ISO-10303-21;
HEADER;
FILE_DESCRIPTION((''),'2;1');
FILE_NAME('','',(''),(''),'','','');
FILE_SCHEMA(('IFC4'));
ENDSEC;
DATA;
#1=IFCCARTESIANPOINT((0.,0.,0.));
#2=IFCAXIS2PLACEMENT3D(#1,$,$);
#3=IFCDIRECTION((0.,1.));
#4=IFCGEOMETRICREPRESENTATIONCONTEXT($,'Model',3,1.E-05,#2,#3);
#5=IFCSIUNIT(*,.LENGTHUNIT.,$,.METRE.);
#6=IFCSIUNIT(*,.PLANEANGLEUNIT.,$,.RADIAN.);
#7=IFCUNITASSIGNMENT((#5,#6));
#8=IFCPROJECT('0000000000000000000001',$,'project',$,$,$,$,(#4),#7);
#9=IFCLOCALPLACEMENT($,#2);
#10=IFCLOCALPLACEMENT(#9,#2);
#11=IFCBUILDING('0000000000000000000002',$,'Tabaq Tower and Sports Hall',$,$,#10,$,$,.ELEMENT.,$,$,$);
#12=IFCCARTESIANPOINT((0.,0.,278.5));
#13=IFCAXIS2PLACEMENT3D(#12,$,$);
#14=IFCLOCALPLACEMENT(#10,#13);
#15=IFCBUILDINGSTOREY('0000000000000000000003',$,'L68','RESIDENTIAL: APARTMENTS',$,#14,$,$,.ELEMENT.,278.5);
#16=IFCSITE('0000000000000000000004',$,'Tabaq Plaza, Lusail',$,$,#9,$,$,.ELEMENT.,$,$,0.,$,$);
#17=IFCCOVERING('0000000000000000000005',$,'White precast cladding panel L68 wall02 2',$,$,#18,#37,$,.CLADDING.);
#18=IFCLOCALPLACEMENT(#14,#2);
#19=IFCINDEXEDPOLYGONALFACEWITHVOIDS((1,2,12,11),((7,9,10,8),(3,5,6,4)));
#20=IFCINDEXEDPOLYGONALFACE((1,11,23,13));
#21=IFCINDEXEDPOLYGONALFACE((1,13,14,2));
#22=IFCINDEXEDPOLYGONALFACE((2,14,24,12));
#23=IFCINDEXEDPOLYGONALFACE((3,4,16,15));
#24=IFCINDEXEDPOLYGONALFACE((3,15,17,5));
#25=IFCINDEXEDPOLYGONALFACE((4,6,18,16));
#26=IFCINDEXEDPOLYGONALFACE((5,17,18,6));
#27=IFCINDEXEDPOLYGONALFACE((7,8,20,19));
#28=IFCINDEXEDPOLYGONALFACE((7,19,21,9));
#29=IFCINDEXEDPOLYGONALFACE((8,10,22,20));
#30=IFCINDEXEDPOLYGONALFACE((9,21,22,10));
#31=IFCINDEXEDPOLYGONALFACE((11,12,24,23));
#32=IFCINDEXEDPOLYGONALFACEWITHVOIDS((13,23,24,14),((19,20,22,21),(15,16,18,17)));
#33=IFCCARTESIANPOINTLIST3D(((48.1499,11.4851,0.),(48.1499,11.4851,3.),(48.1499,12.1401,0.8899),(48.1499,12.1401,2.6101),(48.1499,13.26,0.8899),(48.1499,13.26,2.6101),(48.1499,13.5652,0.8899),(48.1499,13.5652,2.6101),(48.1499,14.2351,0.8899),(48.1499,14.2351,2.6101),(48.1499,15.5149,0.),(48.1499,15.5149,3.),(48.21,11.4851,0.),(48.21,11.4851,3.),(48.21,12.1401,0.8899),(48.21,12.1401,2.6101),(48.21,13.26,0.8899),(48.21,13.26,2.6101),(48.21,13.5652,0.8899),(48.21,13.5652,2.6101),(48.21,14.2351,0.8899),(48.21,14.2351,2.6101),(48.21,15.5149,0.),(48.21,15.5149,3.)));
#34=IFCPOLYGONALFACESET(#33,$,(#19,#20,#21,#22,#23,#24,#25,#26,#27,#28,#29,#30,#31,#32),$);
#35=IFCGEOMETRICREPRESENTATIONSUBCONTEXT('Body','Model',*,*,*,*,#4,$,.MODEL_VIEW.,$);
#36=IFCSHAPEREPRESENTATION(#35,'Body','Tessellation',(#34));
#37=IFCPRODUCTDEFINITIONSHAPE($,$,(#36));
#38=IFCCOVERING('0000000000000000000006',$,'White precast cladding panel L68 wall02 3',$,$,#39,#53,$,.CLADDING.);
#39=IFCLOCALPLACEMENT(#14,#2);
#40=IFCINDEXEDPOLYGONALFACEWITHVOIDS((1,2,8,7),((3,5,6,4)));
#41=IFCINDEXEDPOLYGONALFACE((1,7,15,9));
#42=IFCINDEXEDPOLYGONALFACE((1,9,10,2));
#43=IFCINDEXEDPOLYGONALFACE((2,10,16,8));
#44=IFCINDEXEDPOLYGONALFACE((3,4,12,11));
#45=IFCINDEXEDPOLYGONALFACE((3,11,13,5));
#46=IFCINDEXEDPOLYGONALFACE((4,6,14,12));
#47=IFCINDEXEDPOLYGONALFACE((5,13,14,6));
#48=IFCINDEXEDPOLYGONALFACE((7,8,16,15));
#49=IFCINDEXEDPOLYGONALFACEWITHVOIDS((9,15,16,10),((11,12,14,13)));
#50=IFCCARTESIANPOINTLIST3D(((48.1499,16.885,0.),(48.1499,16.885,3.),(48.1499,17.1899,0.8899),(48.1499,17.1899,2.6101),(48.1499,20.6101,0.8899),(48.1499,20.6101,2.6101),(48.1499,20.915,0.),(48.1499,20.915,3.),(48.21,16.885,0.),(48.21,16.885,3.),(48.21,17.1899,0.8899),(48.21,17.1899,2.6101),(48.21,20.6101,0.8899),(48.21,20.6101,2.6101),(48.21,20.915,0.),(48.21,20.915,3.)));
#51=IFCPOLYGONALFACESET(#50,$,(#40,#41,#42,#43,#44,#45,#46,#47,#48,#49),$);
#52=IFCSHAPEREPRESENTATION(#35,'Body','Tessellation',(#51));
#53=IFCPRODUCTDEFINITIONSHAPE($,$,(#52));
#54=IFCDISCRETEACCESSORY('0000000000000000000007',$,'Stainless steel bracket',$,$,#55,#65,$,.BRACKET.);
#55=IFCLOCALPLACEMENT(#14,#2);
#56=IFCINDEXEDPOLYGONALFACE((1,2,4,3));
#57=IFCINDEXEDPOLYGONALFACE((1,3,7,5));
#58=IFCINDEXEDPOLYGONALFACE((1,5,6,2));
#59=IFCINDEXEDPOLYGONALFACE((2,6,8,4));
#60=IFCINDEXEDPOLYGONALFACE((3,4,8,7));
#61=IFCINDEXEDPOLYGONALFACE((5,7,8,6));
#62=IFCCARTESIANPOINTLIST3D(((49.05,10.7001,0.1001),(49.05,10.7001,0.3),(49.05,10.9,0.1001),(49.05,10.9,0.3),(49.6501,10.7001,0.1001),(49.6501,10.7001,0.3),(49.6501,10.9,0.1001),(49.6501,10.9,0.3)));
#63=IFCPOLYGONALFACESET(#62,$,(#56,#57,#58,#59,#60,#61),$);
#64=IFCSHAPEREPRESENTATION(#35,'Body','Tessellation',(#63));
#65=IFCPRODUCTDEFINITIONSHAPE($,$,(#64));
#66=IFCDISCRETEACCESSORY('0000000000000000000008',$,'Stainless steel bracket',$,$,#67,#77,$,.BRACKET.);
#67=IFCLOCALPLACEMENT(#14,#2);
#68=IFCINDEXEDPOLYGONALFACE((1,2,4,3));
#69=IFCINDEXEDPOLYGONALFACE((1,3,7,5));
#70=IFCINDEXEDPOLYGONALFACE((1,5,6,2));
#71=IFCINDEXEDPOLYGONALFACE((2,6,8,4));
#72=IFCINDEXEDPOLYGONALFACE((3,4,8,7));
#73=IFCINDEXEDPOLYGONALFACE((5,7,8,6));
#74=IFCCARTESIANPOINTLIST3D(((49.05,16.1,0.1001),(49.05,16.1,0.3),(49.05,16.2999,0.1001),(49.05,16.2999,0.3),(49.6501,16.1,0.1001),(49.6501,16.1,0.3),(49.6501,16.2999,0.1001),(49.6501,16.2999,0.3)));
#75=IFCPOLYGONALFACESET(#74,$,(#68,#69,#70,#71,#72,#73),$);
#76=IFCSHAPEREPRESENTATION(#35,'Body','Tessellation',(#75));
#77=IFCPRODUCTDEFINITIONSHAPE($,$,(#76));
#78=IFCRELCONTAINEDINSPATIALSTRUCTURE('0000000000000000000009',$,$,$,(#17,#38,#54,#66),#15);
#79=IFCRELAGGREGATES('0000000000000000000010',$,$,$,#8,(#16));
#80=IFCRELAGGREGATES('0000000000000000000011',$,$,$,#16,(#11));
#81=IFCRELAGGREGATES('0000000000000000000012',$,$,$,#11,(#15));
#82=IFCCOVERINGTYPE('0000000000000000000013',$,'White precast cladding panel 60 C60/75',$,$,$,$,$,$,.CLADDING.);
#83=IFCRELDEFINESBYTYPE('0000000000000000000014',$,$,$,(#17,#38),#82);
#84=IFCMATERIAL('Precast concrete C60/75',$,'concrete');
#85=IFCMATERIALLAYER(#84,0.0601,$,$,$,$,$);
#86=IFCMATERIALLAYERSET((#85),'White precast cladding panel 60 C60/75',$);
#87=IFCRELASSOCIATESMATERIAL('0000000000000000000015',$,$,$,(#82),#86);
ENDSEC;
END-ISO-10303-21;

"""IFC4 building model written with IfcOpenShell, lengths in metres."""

from ifc_helpers import new_model, si_unit, direction, frame, origin, origin_2d, place, context, subcontext, project, spatial, polyline, rectangle, outline, extrude, material, layer, layer_set, type_object, element, save


model = new_model("IFC4")

# Units and contexts
model_context = context("Model", 3, precision=1e-05, world=origin(), true_north=direction((0.0, 1.0)))
body_context = subcontext(model_context, "Body", "Model", "MODEL_VIEW")
ifc_project = project(units=[si_unit("LENGTHUNIT", "METRE"), si_unit("PLANEANGLEUNIT", "RADIAN")], contexts=[model_context])

# Site, building, storey
site_placement = place(None, origin())
site = spatial("IfcSite", under=ifc_project, at=site_placement, Name="Tabaq Plaza, Lusail", CompositionType="ELEMENT", RefElevation=0.0)
building_placement = place(site_placement, origin())
building = spatial("IfcBuilding", under=site, at=building_placement, Name="Tabaq Tower and Sports Hall", CompositionType="ELEMENT")
storey_placement = place(building_placement, frame((0.0, 0.0, 278.5)))
storey = spatial("IfcBuildingStorey", under=building, at=storey_placement, Name="L68", Description="RESIDENTIAL: APARTMENTS", CompositionType="ELEMENT", Elevation=278.5)

# Coverings
ifc_material_1 = material(Name="Precast concrete C60/75", Category="concrete")
ifc_layer_1 = layer(ifc_material_1, 0.0601)
ifc_layer_set_1 = layer_set([ifc_layer_1], Name="White precast cladding panel 60 C60/75")
covering_type_1 = type_object("IfcCoveringType", Name="White precast cladding panel 60 C60/75", PredefinedType="CLADDING", material=ifc_layer_set_1)
covering_1_placement = place(storey_placement, frame((48.1799, 11.4851, 0.0), z_axis=(0.0, 0.0, 1.0), x_axis=(0.0, 1.0, 0.0)))
element("IfcCovering", 1, at=covering_1_placement, inside=storey, type_object=covering_type_1, Name="White precast cladding panel L68 wall02 2", PredefinedType="CLADDING", context=body_context, shape_type="SweptSolid", body=[
    extrude(outline(polyline([(0.0, 0.0), (4.0298, 0.0), (4.0298, 3.0), (0.0, 3.0), (0.0, 0.0)]), holes=[polyline([(0.655, 2.6101), (1.7749, 2.6101), (1.7749, 0.8899), (0.655, 0.8899), (0.655, 2.6101)]), polyline([(2.0801, 2.6101), (2.75, 2.6101), (2.75, 0.8899), (2.0801, 0.8899), (2.0801, 2.6101)])]), frame((0.0, 0.03, 0.0), z_axis=(0.0, -1.0, 0.0), x_axis=(1.0, 0.0, 0.0)), (0.0, 0.0, 1.0), 0.0601),
])
covering_2_placement = place(storey_placement, frame((48.1799, 16.885, 0.0), z_axis=(0.0, 0.0, 1.0), x_axis=(0.0, 1.0, 0.0)))
element("IfcCovering", 2, at=covering_2_placement, inside=storey, type_object=covering_type_1, Name="White precast cladding panel L68 wall02 3", PredefinedType="CLADDING", context=body_context, shape_type="SweptSolid", body=[
    extrude(outline(polyline([(0.0, 0.0), (4.03, 0.0), (4.03, 3.0), (0.0, 3.0), (0.0, 0.0)]), holes=[polyline([(0.3049, 0.8899), (0.3049, 2.6101), (3.7251, 2.6101), (3.7251, 0.8899), (0.3049, 0.8899)])]), frame((0.0, 0.03, 0.0), z_axis=(0.0, -1.0, 0.0), x_axis=(1.0, 0.0, 0.0)), (0.0, 0.0, 1.0), 0.0601),
])

# Discrete accessories
for number, where, z_axis, x_axis, name in (
    (3, (49.3501, 10.8, 0.1001), (0.0, 0.0, 1.0), (1.0, 0.0, 0.0), "Stainless steel bracket"),
    (4, (49.3501, 16.2, 0.1001), (0.0, 0.0, 1.0), (1.0, 0.0, 0.0), "Stainless steel bracket"),
):
    element("IfcDiscreteAccessory", number, at=place(storey_placement, frame(where, z_axis=z_axis, x_axis=x_axis)), inside=storey, Name=name, PredefinedType="BRACKET", context=body_context, shape_type="SweptSolid", body=[
        extrude(rectangle(XDim=0.6001, YDim=0.2, at=origin_2d()), origin(), (0.0, 0.0, 1.0), 0.2),
    ])

save(model, "model.ifc")
